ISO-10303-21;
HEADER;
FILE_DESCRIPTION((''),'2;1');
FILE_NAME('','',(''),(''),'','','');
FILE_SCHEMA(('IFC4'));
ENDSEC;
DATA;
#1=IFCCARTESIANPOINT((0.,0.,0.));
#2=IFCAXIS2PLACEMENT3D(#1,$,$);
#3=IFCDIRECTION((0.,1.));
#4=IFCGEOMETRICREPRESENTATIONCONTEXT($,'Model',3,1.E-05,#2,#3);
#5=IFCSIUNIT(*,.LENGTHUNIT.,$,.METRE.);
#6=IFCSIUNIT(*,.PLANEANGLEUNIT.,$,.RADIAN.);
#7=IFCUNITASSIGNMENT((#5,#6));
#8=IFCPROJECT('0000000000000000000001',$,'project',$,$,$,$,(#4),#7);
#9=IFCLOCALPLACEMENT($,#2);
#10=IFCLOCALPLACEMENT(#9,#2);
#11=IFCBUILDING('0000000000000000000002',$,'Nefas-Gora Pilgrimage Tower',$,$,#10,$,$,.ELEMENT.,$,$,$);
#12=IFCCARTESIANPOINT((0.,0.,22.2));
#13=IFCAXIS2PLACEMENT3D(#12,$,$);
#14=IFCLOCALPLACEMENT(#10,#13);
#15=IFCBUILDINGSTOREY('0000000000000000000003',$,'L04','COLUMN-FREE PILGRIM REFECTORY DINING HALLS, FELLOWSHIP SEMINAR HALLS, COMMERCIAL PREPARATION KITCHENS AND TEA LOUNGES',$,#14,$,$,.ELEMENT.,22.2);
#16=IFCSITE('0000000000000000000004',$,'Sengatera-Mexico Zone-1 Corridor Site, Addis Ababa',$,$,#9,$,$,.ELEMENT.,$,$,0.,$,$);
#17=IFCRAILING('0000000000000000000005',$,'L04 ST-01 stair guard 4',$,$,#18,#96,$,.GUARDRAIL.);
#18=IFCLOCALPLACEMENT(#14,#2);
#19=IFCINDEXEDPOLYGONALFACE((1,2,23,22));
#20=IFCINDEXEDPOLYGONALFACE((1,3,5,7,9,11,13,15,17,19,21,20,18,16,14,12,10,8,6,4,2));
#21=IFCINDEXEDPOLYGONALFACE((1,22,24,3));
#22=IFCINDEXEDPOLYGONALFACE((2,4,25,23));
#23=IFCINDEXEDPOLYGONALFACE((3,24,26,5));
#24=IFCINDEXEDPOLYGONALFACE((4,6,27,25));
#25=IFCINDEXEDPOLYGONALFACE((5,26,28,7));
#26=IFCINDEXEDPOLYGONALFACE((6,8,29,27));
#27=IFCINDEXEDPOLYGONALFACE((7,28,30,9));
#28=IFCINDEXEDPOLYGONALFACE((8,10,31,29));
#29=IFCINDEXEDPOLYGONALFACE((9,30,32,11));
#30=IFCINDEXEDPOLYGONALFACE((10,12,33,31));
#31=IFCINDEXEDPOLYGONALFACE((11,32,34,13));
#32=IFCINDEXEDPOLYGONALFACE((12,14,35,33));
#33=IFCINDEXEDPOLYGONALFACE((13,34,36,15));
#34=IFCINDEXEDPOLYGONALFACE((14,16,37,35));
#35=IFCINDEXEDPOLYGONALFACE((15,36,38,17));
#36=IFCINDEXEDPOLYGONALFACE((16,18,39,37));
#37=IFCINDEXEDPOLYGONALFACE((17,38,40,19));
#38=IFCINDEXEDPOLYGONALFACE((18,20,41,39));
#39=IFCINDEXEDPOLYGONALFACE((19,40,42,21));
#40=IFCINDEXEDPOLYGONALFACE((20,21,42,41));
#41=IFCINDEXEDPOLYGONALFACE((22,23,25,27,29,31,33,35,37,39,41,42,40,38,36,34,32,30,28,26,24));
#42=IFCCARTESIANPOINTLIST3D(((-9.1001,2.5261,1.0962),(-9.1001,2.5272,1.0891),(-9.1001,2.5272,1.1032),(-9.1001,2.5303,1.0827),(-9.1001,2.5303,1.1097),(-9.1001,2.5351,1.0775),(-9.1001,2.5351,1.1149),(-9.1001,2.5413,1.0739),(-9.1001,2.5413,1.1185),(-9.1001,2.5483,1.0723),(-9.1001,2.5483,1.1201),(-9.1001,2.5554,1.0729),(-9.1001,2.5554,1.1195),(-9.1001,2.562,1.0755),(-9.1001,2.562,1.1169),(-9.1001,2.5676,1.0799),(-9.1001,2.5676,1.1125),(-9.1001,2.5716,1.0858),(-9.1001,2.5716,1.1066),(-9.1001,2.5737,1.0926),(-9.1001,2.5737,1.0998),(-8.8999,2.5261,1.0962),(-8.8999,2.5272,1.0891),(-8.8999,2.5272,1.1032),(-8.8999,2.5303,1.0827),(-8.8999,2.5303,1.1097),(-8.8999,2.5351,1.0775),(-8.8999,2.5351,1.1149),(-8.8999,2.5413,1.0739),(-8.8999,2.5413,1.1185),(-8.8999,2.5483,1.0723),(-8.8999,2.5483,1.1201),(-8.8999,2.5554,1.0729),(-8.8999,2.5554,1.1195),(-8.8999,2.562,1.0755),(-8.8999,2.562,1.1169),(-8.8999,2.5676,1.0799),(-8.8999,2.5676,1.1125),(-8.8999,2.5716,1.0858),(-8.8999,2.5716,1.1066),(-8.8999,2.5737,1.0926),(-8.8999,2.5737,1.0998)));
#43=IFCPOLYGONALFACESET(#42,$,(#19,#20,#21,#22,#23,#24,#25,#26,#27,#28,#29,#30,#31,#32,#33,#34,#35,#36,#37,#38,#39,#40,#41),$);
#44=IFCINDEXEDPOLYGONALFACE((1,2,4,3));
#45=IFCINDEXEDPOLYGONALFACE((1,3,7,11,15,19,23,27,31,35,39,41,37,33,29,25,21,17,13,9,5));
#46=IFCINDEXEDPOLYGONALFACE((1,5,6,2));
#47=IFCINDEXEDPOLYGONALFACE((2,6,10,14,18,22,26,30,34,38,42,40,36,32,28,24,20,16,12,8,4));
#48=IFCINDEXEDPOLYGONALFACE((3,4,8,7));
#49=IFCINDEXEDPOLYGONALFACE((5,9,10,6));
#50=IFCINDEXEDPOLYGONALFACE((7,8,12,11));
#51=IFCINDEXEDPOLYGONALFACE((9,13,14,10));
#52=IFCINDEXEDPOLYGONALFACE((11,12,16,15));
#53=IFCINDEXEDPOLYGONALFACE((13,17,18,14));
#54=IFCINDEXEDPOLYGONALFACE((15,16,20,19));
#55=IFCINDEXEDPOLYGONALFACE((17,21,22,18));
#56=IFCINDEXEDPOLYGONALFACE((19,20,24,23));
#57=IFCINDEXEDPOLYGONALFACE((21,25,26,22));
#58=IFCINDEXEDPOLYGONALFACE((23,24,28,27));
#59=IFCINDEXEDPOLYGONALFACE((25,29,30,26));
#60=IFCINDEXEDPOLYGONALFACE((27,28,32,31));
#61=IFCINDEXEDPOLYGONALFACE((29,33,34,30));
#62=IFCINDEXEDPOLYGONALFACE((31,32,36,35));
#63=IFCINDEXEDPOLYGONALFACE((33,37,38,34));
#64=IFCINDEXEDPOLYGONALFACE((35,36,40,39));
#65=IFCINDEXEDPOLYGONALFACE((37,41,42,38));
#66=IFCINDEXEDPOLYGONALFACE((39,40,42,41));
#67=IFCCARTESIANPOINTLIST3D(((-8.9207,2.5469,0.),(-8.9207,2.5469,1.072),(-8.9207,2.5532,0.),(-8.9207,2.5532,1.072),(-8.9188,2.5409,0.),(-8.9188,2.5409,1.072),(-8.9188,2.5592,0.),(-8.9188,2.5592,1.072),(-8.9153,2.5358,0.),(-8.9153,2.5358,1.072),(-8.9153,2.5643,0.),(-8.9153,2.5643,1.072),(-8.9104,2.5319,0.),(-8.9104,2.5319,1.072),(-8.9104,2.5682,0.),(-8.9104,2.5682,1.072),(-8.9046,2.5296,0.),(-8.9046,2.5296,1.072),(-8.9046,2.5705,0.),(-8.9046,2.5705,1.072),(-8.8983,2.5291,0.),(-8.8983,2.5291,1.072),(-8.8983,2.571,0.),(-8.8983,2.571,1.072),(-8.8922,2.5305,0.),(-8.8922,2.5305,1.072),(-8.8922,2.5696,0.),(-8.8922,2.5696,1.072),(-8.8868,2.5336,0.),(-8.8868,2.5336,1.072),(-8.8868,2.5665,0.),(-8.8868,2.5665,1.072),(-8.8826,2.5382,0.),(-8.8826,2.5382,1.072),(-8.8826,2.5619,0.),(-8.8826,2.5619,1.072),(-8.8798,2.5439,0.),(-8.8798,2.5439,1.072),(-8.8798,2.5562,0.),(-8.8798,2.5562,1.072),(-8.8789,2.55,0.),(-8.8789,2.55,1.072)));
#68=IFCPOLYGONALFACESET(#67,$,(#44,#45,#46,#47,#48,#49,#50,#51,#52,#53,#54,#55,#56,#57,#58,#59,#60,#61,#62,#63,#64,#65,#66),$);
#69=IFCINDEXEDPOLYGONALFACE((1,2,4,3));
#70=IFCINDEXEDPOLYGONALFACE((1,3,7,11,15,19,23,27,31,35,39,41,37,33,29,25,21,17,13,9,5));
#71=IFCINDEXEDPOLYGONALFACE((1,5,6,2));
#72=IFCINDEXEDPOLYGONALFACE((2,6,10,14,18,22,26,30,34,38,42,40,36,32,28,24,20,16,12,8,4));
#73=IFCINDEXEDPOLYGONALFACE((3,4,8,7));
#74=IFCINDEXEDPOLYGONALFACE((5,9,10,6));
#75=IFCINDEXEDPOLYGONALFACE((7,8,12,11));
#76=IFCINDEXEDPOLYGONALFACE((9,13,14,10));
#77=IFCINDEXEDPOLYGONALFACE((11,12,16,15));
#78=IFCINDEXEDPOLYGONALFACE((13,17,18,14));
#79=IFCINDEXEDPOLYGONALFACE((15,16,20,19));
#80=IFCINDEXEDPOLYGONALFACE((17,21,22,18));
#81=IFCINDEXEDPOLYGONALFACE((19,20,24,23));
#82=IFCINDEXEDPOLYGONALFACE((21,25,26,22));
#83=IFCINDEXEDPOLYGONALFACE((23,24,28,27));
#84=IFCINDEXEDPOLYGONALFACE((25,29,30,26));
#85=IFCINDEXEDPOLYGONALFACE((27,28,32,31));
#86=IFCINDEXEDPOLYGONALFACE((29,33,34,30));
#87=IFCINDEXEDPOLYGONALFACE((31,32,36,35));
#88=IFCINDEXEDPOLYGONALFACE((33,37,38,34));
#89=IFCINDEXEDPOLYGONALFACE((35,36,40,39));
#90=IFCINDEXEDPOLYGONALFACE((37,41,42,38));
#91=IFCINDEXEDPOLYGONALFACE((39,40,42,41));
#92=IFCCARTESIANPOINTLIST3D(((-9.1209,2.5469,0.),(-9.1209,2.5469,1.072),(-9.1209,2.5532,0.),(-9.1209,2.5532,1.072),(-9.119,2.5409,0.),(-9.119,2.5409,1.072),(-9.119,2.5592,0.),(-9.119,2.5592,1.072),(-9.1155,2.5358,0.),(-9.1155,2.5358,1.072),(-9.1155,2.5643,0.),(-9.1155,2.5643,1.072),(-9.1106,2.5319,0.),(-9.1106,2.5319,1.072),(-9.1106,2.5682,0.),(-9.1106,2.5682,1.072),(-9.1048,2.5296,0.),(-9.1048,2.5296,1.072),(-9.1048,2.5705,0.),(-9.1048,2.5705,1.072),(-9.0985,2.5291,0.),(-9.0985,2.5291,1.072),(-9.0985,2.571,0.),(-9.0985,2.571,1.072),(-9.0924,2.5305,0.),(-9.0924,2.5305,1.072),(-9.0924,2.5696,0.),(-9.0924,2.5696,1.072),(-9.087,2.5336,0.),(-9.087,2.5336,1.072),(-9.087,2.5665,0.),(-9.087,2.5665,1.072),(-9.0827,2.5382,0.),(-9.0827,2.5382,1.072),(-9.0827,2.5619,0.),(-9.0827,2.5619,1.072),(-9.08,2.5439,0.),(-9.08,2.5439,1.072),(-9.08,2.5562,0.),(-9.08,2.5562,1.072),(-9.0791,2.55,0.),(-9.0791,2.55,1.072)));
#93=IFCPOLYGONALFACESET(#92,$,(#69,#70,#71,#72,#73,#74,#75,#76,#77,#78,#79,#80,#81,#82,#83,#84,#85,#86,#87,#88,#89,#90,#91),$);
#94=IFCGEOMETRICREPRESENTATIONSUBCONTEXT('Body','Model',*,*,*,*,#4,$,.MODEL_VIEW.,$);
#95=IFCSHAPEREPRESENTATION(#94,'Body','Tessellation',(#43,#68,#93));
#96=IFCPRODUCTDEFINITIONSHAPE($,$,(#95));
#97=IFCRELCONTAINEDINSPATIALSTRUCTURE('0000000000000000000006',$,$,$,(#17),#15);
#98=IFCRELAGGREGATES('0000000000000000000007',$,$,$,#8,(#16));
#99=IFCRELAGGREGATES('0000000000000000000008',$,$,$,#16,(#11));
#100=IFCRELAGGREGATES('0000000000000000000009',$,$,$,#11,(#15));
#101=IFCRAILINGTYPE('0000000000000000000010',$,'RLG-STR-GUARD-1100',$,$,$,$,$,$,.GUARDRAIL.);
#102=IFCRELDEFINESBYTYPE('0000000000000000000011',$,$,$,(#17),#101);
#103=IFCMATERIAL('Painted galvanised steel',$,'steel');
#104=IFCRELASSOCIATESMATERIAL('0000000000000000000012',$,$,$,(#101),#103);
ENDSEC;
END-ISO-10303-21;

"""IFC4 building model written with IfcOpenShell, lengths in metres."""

from ifc_helpers import new_model, si_unit, direction, frame, origin, origin_2d, place, context, subcontext, project, spatial, circle, extrude, material, type_object, element, save


model = new_model("IFC4")

# Units and contexts
model_context = context("Model", 3, precision=1e-05, world=origin(), true_north=direction((0.0, 1.0)))
body_context = subcontext(model_context, "Body", "Model", "MODEL_VIEW")
ifc_project = project(units=[si_unit("LENGTHUNIT", "METRE"), si_unit("PLANEANGLEUNIT", "RADIAN")], contexts=[model_context])

# Site, building, storey
site_placement = place(None, origin())
site = spatial("IfcSite", under=ifc_project, at=site_placement, Name="Sengatera-Mexico Zone-1 Corridor Site, Addis Ababa", CompositionType="ELEMENT", RefElevation=0.0)
building_placement = place(site_placement, origin())
building = spatial("IfcBuilding", under=site, at=building_placement, Name="Nefas-Gora Pilgrimage Tower", CompositionType="ELEMENT")
storey_placement = place(building_placement, frame((0.0, 0.0, 22.2)))
storey = spatial("IfcBuildingStorey", under=building, at=storey_placement, Name="L04", Description="COLUMN-FREE PILGRIM REFECTORY DINING HALLS, FELLOWSHIP SEMINAR HALLS, COMMERCIAL PREPARATION KITCHENS AND TEA LOUNGES", CompositionType="ELEMENT", Elevation=22.2)

# Railing
ifc_material_1 = material(Name="Painted galvanised steel", Category="steel")
railing_type_1 = type_object("IfcRailingType", Name="RLG-STR-GUARD-1100", PredefinedType="GUARDRAIL", material=ifc_material_1)
railing_1_placement = place(storey_placement, frame((-8.8999, 2.55, 0.0)))
element("IfcRailing", 1, at=railing_1_placement, inside=storey, type_object=railing_type_1, Name="L04 ST-01 stair guard 4", PredefinedType="GUARDRAIL", context=body_context, shape_type="SweptSolid", body=[
    extrude(circle(Radius=0.0239, at=origin_2d()), frame((0.0, 0.0, 1.0962), z_axis=(-1.0, 0.0, 0.0), x_axis=(0.0, -1.0, 0.0)), (0.0, 0.0, 1.0), 0.2002),
    extrude(circle(Radius=0.021, at=origin_2d()), origin(), (0.0, 0.0, 1.0), 1.072),
    extrude(circle(Radius=0.021, at=origin_2d()), frame((-0.2002, 0.0, 0.0)), (0.0, 0.0, 1.0), 1.072),
])

save(model, "model.ifc")
